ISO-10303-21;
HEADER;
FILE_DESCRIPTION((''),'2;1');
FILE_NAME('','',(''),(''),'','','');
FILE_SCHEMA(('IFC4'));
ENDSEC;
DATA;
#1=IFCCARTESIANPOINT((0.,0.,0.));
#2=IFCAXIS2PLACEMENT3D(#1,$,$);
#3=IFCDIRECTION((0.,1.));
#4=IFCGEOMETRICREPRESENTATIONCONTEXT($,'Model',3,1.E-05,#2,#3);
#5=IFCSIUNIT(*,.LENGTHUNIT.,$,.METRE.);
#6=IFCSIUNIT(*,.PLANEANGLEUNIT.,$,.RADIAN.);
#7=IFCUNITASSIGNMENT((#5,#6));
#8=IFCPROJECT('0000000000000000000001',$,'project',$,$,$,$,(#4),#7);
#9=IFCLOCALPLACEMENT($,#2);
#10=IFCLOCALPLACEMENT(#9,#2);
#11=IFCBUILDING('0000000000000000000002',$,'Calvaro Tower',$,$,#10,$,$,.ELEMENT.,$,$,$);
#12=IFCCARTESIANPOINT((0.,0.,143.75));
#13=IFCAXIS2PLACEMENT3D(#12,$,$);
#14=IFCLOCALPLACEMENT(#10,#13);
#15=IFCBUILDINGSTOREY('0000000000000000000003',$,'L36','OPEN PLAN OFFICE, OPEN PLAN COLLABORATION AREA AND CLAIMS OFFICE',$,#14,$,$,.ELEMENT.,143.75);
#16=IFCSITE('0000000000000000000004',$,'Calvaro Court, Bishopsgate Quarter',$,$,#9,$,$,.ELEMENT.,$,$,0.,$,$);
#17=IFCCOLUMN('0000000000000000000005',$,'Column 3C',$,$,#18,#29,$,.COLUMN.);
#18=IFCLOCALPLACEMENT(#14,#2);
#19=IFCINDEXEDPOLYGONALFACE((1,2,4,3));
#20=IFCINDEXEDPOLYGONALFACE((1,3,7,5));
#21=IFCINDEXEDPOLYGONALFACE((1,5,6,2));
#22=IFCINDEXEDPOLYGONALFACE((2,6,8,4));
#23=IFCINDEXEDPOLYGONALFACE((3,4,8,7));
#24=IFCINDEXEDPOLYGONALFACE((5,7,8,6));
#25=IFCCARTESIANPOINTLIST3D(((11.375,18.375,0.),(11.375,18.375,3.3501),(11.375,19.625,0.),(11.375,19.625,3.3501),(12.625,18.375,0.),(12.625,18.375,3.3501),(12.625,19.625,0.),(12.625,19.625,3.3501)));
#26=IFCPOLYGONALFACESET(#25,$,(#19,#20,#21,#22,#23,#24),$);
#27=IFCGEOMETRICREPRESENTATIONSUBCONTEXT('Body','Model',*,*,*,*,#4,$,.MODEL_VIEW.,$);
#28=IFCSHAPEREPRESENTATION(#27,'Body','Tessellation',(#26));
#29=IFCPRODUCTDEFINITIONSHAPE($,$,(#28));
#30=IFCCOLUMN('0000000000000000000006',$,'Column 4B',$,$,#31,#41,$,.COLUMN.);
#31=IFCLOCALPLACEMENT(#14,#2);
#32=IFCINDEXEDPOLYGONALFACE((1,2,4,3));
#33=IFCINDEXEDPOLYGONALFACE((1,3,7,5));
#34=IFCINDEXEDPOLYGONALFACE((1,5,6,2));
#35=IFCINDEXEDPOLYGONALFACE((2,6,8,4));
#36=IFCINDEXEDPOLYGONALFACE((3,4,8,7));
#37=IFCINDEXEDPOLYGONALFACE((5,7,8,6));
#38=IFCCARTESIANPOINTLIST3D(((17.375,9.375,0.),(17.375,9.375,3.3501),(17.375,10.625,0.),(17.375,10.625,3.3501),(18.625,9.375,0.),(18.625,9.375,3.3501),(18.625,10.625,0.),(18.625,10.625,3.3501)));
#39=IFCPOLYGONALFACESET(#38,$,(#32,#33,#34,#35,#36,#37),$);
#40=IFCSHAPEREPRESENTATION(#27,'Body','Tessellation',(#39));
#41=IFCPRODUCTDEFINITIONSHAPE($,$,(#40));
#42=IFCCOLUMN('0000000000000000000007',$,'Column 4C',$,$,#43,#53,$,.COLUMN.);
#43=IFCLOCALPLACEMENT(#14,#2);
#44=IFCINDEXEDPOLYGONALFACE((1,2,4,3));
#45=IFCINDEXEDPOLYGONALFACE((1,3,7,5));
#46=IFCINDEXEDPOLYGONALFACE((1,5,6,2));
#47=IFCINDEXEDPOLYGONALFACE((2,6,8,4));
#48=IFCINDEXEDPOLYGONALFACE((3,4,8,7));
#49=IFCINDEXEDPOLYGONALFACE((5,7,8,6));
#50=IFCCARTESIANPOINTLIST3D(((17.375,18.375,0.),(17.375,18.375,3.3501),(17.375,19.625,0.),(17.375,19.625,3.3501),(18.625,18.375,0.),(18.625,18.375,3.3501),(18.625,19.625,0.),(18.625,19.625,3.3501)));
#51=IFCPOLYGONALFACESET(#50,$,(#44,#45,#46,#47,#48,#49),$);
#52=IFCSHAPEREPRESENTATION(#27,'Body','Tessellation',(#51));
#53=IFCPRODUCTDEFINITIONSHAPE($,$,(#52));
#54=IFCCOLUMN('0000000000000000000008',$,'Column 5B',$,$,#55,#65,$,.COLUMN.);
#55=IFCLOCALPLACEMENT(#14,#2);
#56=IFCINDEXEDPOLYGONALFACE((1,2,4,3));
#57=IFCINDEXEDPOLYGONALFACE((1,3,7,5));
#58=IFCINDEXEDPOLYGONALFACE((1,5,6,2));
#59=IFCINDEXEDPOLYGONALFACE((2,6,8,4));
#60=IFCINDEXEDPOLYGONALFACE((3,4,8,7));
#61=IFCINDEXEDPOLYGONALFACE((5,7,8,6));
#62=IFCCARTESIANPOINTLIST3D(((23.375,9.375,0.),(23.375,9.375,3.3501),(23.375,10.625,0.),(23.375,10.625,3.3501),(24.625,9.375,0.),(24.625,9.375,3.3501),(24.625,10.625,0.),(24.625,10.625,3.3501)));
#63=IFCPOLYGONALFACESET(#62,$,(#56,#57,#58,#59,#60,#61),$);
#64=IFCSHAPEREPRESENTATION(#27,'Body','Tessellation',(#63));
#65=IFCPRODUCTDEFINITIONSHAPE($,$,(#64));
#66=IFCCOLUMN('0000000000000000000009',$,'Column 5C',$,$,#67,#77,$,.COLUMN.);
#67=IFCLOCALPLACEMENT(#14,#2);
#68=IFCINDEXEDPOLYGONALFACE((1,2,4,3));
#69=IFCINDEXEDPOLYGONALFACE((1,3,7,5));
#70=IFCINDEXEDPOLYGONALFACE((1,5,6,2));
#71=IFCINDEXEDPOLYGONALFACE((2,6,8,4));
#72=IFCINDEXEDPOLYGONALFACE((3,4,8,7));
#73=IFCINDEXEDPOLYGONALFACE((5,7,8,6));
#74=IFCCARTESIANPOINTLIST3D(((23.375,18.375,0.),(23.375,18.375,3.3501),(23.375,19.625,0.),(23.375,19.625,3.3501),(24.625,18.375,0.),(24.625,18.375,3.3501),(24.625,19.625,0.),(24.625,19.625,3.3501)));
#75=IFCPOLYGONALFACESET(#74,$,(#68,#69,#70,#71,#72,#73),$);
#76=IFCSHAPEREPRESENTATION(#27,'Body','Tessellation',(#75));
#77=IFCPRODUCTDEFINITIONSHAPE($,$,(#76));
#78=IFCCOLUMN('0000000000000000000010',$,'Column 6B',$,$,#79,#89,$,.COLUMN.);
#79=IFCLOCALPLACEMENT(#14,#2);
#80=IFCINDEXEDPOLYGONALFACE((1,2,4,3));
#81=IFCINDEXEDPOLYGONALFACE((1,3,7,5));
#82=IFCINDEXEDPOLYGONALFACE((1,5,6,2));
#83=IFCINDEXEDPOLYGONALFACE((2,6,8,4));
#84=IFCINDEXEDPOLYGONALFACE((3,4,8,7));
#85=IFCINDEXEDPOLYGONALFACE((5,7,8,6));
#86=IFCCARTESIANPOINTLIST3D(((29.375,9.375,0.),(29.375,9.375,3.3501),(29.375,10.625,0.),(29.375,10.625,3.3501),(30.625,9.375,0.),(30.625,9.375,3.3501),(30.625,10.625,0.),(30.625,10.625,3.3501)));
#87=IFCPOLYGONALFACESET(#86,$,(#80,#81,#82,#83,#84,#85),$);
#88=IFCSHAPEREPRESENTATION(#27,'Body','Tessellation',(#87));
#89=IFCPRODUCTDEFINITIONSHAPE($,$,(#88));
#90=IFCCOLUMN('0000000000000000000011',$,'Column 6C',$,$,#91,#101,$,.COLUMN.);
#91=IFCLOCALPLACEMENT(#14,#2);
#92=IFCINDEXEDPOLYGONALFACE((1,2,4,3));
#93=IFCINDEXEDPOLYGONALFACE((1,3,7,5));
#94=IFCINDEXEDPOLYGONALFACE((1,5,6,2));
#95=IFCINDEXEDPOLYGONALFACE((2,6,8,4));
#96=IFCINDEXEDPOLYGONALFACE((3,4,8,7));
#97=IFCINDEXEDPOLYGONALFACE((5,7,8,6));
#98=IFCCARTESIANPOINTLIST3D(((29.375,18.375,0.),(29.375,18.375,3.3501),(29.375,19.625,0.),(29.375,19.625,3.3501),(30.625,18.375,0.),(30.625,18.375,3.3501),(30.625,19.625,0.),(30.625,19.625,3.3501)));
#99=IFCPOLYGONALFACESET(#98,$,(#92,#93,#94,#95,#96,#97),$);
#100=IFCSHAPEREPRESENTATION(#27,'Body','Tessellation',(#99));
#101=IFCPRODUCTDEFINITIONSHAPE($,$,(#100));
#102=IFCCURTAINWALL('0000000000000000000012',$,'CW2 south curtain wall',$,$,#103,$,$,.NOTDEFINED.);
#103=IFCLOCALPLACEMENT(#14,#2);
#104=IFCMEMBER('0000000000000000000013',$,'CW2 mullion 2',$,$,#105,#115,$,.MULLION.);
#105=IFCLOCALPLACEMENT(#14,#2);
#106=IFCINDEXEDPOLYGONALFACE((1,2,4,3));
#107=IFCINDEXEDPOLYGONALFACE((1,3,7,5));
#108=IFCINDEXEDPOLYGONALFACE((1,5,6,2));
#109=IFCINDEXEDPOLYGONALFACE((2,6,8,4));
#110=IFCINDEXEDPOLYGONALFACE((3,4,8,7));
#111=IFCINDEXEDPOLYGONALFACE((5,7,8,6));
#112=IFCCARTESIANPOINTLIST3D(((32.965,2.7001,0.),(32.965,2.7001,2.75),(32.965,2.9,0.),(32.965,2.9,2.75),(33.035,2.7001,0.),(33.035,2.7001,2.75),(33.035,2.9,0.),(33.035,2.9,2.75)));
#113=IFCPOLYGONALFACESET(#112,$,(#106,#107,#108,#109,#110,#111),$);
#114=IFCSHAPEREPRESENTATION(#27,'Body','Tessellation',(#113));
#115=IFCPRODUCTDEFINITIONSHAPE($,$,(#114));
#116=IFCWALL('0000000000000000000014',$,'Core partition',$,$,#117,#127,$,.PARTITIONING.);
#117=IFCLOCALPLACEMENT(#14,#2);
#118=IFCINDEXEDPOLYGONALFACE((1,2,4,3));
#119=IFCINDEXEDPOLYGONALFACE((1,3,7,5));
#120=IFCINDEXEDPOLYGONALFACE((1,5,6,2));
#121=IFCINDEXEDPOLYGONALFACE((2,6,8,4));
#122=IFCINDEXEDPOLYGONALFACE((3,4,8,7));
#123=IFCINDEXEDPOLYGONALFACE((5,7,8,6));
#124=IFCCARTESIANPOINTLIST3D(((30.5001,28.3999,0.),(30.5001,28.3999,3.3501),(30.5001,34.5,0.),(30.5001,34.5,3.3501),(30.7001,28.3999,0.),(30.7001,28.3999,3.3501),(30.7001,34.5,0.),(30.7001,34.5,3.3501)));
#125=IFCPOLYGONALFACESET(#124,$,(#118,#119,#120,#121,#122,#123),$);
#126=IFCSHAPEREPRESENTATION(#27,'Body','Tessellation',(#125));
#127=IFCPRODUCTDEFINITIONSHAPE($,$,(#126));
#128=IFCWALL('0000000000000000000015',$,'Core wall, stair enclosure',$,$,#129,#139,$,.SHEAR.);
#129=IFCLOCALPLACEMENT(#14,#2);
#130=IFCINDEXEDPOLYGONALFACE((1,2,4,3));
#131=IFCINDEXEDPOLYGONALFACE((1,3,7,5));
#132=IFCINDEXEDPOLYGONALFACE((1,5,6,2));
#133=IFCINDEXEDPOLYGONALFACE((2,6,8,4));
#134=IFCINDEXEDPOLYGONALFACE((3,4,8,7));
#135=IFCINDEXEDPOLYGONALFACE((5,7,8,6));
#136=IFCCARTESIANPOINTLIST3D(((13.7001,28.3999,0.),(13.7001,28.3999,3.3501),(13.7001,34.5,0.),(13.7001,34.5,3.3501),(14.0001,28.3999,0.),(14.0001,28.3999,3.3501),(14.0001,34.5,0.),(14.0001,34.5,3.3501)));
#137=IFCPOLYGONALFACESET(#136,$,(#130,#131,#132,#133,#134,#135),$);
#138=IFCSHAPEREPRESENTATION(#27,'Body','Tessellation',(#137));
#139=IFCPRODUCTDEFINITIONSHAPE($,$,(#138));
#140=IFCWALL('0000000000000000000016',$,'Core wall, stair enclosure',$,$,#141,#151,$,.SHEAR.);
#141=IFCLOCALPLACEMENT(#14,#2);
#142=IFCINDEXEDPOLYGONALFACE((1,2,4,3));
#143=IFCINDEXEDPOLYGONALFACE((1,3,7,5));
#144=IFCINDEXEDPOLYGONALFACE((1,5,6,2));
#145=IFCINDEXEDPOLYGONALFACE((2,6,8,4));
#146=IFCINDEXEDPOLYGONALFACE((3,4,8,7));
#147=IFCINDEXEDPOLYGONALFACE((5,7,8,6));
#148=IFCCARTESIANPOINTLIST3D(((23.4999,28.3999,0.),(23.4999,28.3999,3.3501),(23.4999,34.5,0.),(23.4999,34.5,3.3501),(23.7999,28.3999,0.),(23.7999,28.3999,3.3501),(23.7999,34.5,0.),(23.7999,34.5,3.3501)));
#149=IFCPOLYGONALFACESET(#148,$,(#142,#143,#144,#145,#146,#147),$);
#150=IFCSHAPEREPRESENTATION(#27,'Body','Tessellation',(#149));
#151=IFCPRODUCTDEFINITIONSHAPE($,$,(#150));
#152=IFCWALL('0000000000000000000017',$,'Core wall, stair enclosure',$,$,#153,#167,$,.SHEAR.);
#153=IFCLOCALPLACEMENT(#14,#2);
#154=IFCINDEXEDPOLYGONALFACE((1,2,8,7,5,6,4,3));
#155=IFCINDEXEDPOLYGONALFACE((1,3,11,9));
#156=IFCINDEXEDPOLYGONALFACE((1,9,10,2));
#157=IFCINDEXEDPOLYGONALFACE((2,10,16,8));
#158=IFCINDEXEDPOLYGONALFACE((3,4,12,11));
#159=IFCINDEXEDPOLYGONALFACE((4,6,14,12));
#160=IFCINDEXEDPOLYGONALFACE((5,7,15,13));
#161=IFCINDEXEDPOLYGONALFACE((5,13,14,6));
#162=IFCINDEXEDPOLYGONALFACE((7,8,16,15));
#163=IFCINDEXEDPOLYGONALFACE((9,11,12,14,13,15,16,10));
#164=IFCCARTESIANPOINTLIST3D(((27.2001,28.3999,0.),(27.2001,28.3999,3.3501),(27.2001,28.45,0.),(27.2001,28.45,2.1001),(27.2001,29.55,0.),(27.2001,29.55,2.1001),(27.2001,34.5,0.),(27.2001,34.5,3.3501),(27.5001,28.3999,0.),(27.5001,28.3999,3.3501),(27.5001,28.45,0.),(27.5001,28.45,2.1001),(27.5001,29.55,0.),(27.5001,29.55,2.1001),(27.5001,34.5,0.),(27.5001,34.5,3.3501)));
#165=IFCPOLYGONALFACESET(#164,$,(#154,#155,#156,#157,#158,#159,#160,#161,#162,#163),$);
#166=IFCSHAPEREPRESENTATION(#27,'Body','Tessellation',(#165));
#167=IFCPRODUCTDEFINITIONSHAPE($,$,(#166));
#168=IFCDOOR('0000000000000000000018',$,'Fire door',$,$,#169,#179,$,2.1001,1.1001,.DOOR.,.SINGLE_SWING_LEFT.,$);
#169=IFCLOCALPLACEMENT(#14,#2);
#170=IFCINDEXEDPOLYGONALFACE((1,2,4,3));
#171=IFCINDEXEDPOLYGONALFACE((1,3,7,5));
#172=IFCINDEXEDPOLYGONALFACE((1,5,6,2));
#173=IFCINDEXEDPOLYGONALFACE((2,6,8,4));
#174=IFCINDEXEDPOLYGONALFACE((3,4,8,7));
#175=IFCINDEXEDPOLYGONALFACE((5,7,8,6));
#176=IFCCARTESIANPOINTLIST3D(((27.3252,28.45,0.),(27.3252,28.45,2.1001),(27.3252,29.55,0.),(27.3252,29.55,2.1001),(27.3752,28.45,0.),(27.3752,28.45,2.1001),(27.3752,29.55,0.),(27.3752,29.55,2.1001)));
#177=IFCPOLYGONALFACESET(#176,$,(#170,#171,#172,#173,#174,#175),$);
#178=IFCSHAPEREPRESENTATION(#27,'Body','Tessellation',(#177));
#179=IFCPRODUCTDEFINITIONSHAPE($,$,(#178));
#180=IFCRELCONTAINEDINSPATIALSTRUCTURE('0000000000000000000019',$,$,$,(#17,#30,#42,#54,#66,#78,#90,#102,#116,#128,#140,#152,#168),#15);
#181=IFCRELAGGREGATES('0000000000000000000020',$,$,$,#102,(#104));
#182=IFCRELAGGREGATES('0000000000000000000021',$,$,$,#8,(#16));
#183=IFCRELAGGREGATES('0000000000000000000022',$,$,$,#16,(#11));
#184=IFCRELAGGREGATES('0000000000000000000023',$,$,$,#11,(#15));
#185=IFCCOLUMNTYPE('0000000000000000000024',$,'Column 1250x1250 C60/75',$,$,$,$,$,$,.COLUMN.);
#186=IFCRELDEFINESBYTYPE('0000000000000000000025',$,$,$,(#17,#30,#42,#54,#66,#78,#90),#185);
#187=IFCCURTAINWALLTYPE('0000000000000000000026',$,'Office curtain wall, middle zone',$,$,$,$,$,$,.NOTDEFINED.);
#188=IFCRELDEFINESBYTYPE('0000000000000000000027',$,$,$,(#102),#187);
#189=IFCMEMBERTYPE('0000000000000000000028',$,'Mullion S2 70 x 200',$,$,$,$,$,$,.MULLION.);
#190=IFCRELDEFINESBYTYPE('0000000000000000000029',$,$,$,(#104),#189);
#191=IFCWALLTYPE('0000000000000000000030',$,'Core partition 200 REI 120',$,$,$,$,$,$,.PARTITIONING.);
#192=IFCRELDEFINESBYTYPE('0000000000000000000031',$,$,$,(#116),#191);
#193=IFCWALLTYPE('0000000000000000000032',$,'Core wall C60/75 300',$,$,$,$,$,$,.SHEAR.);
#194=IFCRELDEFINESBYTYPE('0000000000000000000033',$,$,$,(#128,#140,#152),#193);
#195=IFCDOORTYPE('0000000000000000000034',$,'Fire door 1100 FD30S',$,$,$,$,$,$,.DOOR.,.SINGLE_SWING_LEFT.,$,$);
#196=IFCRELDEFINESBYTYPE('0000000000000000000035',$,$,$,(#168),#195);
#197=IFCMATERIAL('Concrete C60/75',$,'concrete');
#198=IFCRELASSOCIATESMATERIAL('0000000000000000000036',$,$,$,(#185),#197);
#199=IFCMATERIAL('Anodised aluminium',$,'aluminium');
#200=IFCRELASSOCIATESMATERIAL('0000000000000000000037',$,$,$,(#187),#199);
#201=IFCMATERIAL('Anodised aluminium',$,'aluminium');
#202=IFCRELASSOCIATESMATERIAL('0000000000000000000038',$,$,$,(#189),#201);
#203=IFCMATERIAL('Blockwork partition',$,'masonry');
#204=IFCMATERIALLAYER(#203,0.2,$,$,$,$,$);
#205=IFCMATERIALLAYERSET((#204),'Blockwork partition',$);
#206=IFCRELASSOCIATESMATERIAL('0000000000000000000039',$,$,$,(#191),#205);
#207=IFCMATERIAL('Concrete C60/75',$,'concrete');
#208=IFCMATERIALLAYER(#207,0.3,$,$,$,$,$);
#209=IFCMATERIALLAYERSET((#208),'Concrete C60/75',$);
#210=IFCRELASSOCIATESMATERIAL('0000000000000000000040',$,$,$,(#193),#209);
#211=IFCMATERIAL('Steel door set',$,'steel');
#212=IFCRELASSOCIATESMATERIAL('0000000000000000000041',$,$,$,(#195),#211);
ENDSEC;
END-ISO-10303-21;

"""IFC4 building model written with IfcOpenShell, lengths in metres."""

from ifc_helpers import new_model, si_unit, direction, frame, frame_2d, origin, origin_2d, place, context, subcontext, project, spatial, rectangle, extrude, material, layer, layer_set, material_profile, profile_set, type_object, element, fill, aggregate, save


model = new_model("IFC4")

# Units and contexts
model_context = context("Model", 3, precision=1e-05, world=origin(), true_north=direction((0.0, 1.0)))
body_context = subcontext(model_context, "Body", "Model", "MODEL_VIEW")
ifc_project = project(units=[si_unit("LENGTHUNIT", "METRE"), si_unit("PLANEANGLEUNIT", "RADIAN")], contexts=[model_context])

# Site, building, storey
site_placement = place(None, origin())
site = spatial("IfcSite", under=ifc_project, at=site_placement, Name="Calvaro Court, Bishopsgate Quarter", CompositionType="ELEMENT", RefElevation=0.0)
building_placement = place(site_placement, origin())
building = spatial("IfcBuilding", under=site, at=building_placement, Name="Calvaro Tower", CompositionType="ELEMENT")
storey_placement = place(building_placement, frame((0.0, 0.0, 143.75)))
storey = spatial("IfcBuildingStorey", under=building, at=storey_placement, Name="L36", Description="OPEN PLAN OFFICE, OPEN PLAN COLLABORATION AREA AND CLAIMS OFFICE", CompositionType="ELEMENT", Elevation=143.75)

# Columns
ifc_material_1 = material(Name="Concrete C60/75", Category="concrete")
ifc_material_profile_1 = material_profile(ifc_material_1, rectangle(XDim=1.25, YDim=1.25, at=origin_2d()), Name="RC 1250x1250")
ifc_profile_set_1 = profile_set([ifc_material_profile_1], Name="Concrete C60/75")
column_type = type_object("IfcColumnType", Name="Column 1250x1250 C60/75", PredefinedType="COLUMN", material=ifc_profile_set_1)
for number, where, z_axis, x_axis, name in (
    (1, (12.0, 19.0, 0.0), (0.0, 0.0, 1.0), (1.0, 0.0, 0.0), "Column 3C"),
    (2, (18.0, 10.0, 0.0), (0.0, 0.0, 1.0), (1.0, 0.0, 0.0), "Column 4B"),
    (3, (18.0, 19.0, 0.0), (0.0, 0.0, 1.0), (1.0, 0.0, 0.0), "Column 4C"),
    (4, (24.0, 10.0, 0.0), (0.0, 0.0, 1.0), (1.0, 0.0, 0.0), "Column 5B"),
    (5, (24.0, 19.0, 0.0), (0.0, 0.0, 1.0), (1.0, 0.0, 0.0), "Column 5C"),
    (6, (30.0, 10.0, 0.0), (0.0, 0.0, 1.0), (1.0, 0.0, 0.0), "Column 6B"),
    (7, (30.0, 19.0, 0.0), (0.0, 0.0, 1.0), (1.0, 0.0, 0.0), "Column 6C"),
):
    element("IfcColumn", number, at=place(storey_placement, frame(where, z_axis=z_axis, x_axis=x_axis)), inside=storey, type_object=column_type, Name=name, PredefinedType="COLUMN", context=body_context, shape_type="SweptSolid", body=[
        extrude(rectangle(XDim=1.25, YDim=1.25, at=origin_2d()), origin(), (0.0, 0.0, 1.0), 3.3501),
    ])

# Curtain wall, member
ifc_material_2 = material(Name="Anodised aluminium", Category="aluminium")
curtain_wall_type = type_object("IfcCurtainWallType", Name="Office curtain wall, middle zone", PredefinedType="NOTDEFINED", material=ifc_material_2)
curtain_wall_placement = place(storey_placement, origin())
curtain_wall = element("IfcCurtainWall", 8, at=curtain_wall_placement, inside=storey, type_object=curtain_wall_type, Name="CW2 south curtain wall", PredefinedType="NOTDEFINED")
ifc_material_3 = material(Name="Anodised aluminium", Category="aluminium")
ifc_material_profile_2 = material_profile(ifc_material_3, rectangle(XDim=0.2, YDim=0.0701, at=origin_2d()), Name="Mullion S2 70 x 200")
ifc_profile_set_2 = profile_set([ifc_material_profile_2], Name="Anodised aluminium")
member_type = type_object("IfcMemberType", Name="Mullion S2 70 x 200", PredefinedType="MULLION", material=ifc_profile_set_2)
member_placement = place(storey_placement, frame((33.0, 2.8, 0.0), z_axis=(0.0, 0.0, 1.0), x_axis=(0.0, 1.0, 0.0)))
member = element("IfcMember", 9, at=member_placement, type_object=member_type, Name="CW2 mullion 2", PredefinedType="MULLION", context=body_context, shape_type="SweptSolid", body=[
    extrude(rectangle(XDim=0.2, YDim=0.0701, at=origin_2d()), origin(), (0.0, 0.0, 1.0), 2.75),
])
aggregate(curtain_wall, [member])

# Walls
ifc_material_4 = material(Name="Blockwork partition", Category="masonry")
ifc_layer_1 = layer(ifc_material_4, 0.2)
ifc_layer_set_1 = layer_set([ifc_layer_1], Name="Blockwork partition")
wall_type_1 = type_object("IfcWallType", Name="Core partition 200 REI 120", PredefinedType="PARTITIONING", material=ifc_layer_set_1)
wall_1_placement = place(storey_placement, frame((30.6001, 28.3999, 0.0), z_axis=(0.0, 0.0, 1.0), x_axis=(0.0, 1.0, 0.0)))
element("IfcWall", 10, at=wall_1_placement, inside=storey, type_object=wall_type_1, Name="Core partition", PredefinedType="PARTITIONING", context=body_context, shape_type="SweptSolid", body=[
    extrude(rectangle(XDim=6.1001, YDim=0.2, at=frame_2d((3.05, 0.0))), origin(), (0.0, 0.0, 1.0), 3.3501),
])
ifc_material_5 = material(Name="Concrete C60/75", Category="concrete")
ifc_layer_2 = layer(ifc_material_5, 0.3)
ifc_layer_set_2 = layer_set([ifc_layer_2], Name="Concrete C60/75")
wall_type_2 = type_object("IfcWallType", Name="Core wall C60/75 300", PredefinedType="SHEAR", material=ifc_layer_set_2)
for number, where, z_axis, x_axis, name in (
    (11, (13.8501, 28.3999, 0.0), (0.0, 0.0, 1.0), (0.0, 1.0, 0.0), "Core wall, stair enclosure"),
    (12, (23.6499, 28.3999, 0.0), (0.0, 0.0, 1.0), (0.0, 1.0, 0.0), "Core wall, stair enclosure"),
):
    element("IfcWall", number, at=place(storey_placement, frame(where, z_axis=z_axis, x_axis=x_axis)), inside=storey, type_object=wall_type_2, Name=name, PredefinedType="SHEAR", context=body_context, shape_type="SweptSolid", body=[
        extrude(rectangle(XDim=6.1001, YDim=0.3, at=frame_2d((3.05, 0.0))), origin(), (0.0, 0.0, 1.0), 3.3501),
    ])

# Wall, opening, door
wall_2_placement = place(storey_placement, frame((27.3501, 28.3999, 0.0), z_axis=(0.0, 0.0, 1.0), x_axis=(0.0, 1.0, 0.0)))
wall_2 = element("IfcWall", 13, at=wall_2_placement, inside=storey, type_object=wall_type_2, Name="Core wall, stair enclosure", PredefinedType="SHEAR", context=body_context, shape_type="SweptSolid", body=[
    extrude(rectangle(XDim=6.1001, YDim=0.3, at=frame_2d((3.05, 0.0))), origin(), (0.0, 0.0, 1.0), 3.3501),
])
opening_1_placement = place(wall_2_placement, frame((0.05, 0.0, 0.0)))
opening_1 = element("IfcOpeningElement", 14, at=opening_1_placement, cuts=wall_2, PredefinedType="OPENING", context=body_context, shape_type="SweptSolid", body=[
    extrude(rectangle(XDim=1.1001, YDim=2.1001, at=frame_2d((0.55, 1.05))), frame((0.0, 0.1599, 0.0), z_axis=(0.0, -1.0, 0.0), x_axis=(1.0, 0.0, 0.0)), (0.0, 0.0, 1.0), 0.3201),
])
ifc_material_6 = material(Name="Steel door set", Category="steel")
door_type_1 = type_object("IfcDoorType", Name="Fire door 1100 FD30S", OperationType="SINGLE_SWING_LEFT", PredefinedType="DOOR", material=ifc_material_6)
door_1_placement = place(opening_1_placement, origin())
door_1 = element("IfcDoor", 15, at=door_1_placement, inside=storey, type_object=door_type_1, Name="Fire door", OperationType="SINGLE_SWING_LEFT", OverallHeight=2.1001, OverallWidth=1.1001, PredefinedType="DOOR", context=body_context, shape_type="SweptSolid", body=[
    extrude(rectangle(XDim=1.1001, YDim=2.1001, at=frame_2d((0.55, 1.05))), frame((0.0, 0.0249, 0.0), z_axis=(0.0, -1.0, 0.0), x_axis=(1.0, 0.0, 0.0)), (0.0, 0.0, 1.0), 0.05),
])
fill(opening_1, door_1)

save(model, "model.ifc")
